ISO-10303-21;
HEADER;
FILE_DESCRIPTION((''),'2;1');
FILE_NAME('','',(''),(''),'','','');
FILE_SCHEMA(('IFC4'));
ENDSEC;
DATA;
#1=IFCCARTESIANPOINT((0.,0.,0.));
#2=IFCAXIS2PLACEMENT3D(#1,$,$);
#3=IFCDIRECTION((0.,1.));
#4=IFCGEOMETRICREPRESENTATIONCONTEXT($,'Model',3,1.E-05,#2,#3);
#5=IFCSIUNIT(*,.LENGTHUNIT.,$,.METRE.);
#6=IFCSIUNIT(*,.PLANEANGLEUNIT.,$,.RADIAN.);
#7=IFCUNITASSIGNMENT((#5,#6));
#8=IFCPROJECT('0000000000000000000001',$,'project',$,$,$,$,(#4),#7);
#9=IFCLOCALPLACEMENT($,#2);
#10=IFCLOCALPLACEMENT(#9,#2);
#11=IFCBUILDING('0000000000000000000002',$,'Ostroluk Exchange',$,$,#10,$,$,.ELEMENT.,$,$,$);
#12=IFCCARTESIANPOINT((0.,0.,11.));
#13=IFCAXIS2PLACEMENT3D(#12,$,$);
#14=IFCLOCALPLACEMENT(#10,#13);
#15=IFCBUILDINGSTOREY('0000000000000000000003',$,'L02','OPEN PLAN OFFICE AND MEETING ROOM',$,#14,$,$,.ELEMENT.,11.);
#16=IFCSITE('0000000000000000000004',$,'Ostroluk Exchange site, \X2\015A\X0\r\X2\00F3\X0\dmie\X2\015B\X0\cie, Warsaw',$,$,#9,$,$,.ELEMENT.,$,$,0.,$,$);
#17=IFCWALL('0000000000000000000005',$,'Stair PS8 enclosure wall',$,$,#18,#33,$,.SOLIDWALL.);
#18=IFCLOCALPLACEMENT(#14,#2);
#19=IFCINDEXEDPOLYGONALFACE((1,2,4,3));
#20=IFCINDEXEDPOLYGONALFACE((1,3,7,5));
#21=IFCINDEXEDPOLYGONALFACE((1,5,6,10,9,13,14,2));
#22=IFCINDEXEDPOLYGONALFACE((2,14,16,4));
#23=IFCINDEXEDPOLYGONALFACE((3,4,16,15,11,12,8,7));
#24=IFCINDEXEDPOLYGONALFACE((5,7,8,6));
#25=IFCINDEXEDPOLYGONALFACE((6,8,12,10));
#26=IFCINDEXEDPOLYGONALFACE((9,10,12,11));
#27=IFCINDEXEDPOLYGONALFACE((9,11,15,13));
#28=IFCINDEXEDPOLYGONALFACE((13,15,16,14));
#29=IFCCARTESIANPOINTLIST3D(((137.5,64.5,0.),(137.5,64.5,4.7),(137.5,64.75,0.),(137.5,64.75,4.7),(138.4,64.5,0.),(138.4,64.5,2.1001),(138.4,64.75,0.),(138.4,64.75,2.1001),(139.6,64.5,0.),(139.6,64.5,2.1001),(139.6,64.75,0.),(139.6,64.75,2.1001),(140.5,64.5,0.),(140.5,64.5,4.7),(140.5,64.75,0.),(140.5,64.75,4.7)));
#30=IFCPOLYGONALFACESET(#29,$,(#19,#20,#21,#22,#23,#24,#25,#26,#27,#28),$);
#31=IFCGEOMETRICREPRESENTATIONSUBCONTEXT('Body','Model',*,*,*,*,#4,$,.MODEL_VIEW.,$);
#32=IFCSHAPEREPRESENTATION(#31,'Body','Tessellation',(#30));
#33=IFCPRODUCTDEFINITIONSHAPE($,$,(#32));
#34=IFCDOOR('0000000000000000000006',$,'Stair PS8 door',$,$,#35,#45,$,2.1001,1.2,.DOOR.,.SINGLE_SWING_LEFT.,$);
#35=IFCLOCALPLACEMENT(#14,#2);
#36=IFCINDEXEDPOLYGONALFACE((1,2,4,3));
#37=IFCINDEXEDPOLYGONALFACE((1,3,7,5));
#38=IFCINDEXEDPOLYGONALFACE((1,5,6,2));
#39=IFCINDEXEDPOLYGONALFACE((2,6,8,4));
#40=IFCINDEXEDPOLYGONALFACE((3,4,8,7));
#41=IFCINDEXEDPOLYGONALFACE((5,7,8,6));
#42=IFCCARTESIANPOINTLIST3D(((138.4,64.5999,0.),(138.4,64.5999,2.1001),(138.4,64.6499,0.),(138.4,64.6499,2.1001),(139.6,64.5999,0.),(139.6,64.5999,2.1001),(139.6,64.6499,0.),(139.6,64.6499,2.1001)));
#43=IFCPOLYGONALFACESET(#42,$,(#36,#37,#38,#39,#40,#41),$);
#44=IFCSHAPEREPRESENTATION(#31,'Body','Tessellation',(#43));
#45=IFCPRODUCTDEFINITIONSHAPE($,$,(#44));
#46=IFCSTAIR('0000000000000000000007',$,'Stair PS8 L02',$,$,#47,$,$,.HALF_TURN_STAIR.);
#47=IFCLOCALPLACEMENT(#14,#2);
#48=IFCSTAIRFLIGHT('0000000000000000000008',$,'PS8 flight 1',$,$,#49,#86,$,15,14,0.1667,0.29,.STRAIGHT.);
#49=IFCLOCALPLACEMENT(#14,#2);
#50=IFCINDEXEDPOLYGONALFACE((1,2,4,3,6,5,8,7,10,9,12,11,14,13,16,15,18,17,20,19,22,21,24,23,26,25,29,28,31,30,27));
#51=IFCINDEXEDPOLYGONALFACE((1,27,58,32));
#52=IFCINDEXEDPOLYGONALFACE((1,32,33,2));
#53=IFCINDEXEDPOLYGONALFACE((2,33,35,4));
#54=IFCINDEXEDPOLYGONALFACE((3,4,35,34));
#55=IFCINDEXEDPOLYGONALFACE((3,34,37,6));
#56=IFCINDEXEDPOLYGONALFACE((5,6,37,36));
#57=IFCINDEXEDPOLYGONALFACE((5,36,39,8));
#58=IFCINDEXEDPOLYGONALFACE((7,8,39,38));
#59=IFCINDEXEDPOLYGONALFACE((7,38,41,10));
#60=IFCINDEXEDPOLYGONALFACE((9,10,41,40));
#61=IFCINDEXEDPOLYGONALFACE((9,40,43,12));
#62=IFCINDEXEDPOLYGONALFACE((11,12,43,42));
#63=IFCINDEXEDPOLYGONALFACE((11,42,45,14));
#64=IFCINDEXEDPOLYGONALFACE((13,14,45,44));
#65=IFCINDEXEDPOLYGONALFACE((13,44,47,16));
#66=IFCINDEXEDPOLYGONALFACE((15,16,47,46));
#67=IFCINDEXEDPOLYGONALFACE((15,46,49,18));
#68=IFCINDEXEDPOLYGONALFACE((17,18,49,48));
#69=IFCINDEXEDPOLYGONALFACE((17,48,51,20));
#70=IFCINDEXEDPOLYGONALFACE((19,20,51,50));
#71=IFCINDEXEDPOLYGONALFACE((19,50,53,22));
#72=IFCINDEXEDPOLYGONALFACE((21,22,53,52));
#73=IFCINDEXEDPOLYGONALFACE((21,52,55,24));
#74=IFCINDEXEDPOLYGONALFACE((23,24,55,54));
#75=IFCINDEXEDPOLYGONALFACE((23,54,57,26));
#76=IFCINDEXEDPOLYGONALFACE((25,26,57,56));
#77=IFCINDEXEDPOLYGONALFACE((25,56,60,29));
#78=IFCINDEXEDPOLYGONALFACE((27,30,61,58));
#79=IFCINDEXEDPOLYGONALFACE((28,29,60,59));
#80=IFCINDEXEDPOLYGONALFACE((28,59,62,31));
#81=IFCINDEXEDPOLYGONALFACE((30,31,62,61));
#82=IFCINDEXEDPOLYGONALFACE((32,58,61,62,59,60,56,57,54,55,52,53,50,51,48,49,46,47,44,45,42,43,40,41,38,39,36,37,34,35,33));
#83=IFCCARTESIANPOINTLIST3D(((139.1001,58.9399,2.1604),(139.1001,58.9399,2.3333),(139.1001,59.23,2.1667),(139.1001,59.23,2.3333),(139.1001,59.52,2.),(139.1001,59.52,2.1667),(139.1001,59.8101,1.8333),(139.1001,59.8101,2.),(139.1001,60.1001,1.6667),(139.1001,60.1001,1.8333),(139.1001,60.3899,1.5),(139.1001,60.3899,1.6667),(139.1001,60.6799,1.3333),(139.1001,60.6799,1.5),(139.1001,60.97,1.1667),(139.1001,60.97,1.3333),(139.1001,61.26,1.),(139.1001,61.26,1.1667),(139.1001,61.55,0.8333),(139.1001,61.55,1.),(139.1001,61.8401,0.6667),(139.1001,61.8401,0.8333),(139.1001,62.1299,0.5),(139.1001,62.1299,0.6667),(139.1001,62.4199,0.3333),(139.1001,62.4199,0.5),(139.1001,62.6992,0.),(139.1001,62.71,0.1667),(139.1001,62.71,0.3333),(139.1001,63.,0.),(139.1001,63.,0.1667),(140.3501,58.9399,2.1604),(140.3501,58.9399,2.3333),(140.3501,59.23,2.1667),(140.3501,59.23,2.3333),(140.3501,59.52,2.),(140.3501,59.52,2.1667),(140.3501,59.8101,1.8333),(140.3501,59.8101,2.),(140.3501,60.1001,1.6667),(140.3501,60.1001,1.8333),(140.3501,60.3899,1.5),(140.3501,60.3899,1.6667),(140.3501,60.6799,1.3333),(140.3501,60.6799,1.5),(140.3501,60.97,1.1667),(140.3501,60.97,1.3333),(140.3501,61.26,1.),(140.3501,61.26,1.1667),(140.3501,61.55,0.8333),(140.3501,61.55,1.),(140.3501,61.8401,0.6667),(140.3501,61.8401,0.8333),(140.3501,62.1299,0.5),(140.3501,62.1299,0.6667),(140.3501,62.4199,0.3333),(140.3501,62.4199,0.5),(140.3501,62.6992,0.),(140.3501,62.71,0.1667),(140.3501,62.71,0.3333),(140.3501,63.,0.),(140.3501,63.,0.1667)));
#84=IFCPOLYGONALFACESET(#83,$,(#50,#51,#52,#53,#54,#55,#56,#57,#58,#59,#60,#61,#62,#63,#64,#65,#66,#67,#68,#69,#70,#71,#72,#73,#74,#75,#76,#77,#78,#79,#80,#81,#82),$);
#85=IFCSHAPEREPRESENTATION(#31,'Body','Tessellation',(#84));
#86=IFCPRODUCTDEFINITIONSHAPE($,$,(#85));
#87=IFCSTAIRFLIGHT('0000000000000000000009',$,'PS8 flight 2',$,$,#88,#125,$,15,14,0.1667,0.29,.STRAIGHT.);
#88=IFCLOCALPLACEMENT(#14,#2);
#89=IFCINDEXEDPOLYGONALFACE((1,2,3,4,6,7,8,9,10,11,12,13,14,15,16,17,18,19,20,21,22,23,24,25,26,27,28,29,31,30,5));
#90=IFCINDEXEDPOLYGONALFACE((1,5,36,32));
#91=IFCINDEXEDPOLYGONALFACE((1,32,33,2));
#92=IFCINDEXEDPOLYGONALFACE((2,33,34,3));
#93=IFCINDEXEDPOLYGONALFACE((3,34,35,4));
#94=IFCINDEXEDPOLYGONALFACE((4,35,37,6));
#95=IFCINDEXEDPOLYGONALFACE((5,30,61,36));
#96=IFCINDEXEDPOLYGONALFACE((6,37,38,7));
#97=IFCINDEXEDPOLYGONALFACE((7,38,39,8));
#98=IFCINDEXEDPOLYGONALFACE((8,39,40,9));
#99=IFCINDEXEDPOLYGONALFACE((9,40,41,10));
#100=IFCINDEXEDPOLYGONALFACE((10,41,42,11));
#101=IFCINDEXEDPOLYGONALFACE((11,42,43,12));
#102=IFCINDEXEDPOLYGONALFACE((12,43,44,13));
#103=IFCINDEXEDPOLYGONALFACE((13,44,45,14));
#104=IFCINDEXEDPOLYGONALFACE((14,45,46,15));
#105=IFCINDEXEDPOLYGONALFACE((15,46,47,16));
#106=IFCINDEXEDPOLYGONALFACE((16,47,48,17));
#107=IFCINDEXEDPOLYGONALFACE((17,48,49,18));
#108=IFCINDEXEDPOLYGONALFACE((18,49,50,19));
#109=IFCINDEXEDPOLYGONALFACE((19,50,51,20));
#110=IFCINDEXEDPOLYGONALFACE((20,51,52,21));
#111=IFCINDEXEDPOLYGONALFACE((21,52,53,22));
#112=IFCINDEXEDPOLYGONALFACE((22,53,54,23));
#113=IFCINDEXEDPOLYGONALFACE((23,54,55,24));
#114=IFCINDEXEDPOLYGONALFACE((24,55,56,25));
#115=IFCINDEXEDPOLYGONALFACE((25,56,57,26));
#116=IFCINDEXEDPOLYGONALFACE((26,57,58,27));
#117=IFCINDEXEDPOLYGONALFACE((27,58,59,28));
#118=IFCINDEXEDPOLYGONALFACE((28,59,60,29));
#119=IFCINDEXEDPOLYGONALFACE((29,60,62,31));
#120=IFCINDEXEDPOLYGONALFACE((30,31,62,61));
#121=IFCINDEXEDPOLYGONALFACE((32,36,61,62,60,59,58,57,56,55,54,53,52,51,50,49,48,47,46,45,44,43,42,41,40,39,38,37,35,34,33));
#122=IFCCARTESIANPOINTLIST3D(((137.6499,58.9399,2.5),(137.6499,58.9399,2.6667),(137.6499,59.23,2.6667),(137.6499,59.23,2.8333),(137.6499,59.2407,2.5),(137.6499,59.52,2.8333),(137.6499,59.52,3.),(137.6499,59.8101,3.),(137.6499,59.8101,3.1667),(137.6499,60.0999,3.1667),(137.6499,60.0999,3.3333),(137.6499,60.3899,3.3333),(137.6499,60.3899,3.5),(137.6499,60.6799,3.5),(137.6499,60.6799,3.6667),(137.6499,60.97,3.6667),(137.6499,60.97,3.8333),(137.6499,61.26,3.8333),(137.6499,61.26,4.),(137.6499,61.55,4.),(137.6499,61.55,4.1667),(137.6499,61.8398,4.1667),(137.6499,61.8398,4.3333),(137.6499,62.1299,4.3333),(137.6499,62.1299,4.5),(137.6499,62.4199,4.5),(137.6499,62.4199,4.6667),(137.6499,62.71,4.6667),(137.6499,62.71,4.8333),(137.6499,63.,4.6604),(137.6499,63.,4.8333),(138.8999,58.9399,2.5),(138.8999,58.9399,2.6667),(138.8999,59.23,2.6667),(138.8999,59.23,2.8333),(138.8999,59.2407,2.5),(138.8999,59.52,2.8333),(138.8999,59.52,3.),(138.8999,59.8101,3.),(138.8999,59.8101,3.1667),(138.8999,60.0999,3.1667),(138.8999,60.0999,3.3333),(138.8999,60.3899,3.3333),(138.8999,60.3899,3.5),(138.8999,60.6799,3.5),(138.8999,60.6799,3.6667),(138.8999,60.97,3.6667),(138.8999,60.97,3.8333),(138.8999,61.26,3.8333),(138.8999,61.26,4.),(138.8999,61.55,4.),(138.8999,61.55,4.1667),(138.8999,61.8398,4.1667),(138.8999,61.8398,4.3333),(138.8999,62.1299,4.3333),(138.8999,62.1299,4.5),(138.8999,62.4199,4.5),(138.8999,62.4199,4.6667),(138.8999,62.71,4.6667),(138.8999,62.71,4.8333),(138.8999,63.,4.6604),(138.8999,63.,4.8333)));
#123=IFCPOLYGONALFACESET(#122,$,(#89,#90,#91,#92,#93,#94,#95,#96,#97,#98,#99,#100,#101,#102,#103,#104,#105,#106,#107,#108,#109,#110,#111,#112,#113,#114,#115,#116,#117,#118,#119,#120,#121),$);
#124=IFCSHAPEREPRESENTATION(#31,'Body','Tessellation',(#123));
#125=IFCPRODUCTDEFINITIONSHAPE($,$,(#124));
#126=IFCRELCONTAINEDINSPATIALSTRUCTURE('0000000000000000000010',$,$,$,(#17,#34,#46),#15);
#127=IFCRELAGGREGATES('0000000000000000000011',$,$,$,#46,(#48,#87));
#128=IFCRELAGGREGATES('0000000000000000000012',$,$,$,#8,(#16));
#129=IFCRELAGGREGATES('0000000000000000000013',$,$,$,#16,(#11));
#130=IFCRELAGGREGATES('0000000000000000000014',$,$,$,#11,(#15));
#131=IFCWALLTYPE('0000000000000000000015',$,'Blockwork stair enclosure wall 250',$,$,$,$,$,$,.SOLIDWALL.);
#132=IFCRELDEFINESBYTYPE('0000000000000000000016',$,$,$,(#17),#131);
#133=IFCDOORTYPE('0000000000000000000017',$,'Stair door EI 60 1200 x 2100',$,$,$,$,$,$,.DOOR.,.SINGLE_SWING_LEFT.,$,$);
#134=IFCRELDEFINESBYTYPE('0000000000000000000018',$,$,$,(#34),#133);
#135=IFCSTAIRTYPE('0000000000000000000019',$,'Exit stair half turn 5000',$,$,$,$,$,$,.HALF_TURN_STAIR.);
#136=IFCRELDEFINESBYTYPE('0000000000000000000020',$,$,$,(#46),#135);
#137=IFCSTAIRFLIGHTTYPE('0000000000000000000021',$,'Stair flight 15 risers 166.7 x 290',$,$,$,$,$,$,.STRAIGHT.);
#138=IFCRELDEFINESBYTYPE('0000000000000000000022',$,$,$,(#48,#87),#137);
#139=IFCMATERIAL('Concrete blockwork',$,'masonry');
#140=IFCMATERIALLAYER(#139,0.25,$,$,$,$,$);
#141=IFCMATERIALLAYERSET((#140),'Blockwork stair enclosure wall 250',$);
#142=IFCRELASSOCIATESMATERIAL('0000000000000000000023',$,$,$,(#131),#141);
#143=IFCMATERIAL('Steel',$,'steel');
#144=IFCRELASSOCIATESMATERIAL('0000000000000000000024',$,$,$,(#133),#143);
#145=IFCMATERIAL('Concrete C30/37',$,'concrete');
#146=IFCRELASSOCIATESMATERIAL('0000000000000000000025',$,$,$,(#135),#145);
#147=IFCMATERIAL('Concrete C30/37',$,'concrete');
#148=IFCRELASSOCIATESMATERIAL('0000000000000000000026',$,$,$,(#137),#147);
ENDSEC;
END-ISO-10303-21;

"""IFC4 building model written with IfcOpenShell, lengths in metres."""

from ifc_helpers import new_model, si_unit, direction, frame, frame_2d, origin, place, context, subcontext, project, spatial, polyline, rectangle, outline, extrude, material, layer, layer_set, type_object, element, fill, aggregate, save


model = new_model("IFC4")

# Units and contexts
model_context = context("Model", 3, precision=1e-05, world=origin(), true_north=direction((0.0, 1.0)))
body_context = subcontext(model_context, "Body", "Model", "MODEL_VIEW")
ifc_project = project(units=[si_unit("LENGTHUNIT", "METRE"), si_unit("PLANEANGLEUNIT", "RADIAN")], contexts=[model_context])

# Site, building, storey
site_placement = place(None, origin())
site = spatial("IfcSite", under=ifc_project, at=site_placement, Name="Ostroluk Exchange site, Śródmieście, Warsaw", CompositionType="ELEMENT", RefElevation=0.0)
building_placement = place(site_placement, origin())
building = spatial("IfcBuilding", under=site, at=building_placement, Name="Ostroluk Exchange", CompositionType="ELEMENT")
storey_placement = place(building_placement, frame((0.0, 0.0, 11.0)))
storey = spatial("IfcBuildingStorey", under=building, at=storey_placement, Name="L02", Description="OPEN PLAN OFFICE AND MEETING ROOM", CompositionType="ELEMENT", Elevation=11.0)

# Wall, opening, door
ifc_material_1 = material(Name="Concrete blockwork", Category="masonry")
ifc_layer = layer(ifc_material_1, 0.25)
ifc_layer_set = layer_set([ifc_layer], Name="Blockwork stair enclosure wall 250")
wall_type = type_object("IfcWallType", Name="Blockwork stair enclosure wall 250", PredefinedType="SOLIDWALL", material=ifc_layer_set)
wall_placement = place(storey_placement, frame((137.5, 64.625, 0.0), z_axis=(0.0, 0.0, 1.0), x_axis=(1.0, 0.0, 0.0)))
wall = element("IfcWall", 1, at=wall_placement, inside=storey, type_object=wall_type, Name="Stair PS8 enclosure wall", PredefinedType="SOLIDWALL", context=body_context, shape_type="SweptSolid", body=[
    extrude(rectangle(XDim=3.0, YDim=0.25, at=frame_2d((1.5, 0.0))), origin(), (0.0, 0.0, 1.0), 4.7),
])
opening_placement = place(wall_placement, frame((0.8999, 0.0, 0.0)))
opening = element("IfcOpeningElement", 2, at=opening_placement, cuts=wall, PredefinedType="OPENING", context=body_context, shape_type="SweptSolid", body=[
    extrude(rectangle(XDim=1.2, YDim=2.1001, at=frame_2d((0.6001, 1.05))), frame((0.0, 0.135, 0.0), z_axis=(0.0, -1.0, 0.0), x_axis=(1.0, 0.0, 0.0)), (0.0, 0.0, 1.0), 0.27),
])
ifc_material_2 = material(Name="Steel", Category="steel")
door_type = type_object("IfcDoorType", Name="Stair door EI 60 1200 x 2100", OperationType="SINGLE_SWING_LEFT", PredefinedType="DOOR", material=ifc_material_2)
door_placement = place(opening_placement, origin())
door = element("IfcDoor", 3, at=door_placement, inside=storey, type_object=door_type, Name="Stair PS8 door", OperationType="SINGLE_SWING_LEFT", OverallHeight=2.1001, OverallWidth=1.2, PredefinedType="DOOR", context=body_context, shape_type="SweptSolid", body=[
    extrude(rectangle(XDim=1.2, YDim=2.1001, at=frame_2d((0.6001, 1.05))), frame((0.0, 0.0249, 0.0), z_axis=(0.0, -1.0, 0.0), x_axis=(1.0, 0.0, 0.0)), (0.0, 0.0, 1.0), 0.05),
])
fill(opening, door)

# Stair, stair flights
ifc_material_3 = material(Name="Concrete C30/37", Category="concrete")
stair_type = type_object("IfcStairType", Name="Exit stair half turn 5000", PredefinedType="HALF_TURN_STAIR", material=ifc_material_3)
stair_placement = place(storey_placement, origin())
stair = element("IfcStair", 4, at=stair_placement, inside=storey, type_object=stair_type, Name="Stair PS8 L02", PredefinedType="HALF_TURN_STAIR")
ifc_material_4 = material(Name="Concrete C30/37", Category="concrete")
stair_flight_type = type_object("IfcStairFlightType", Name="Stair flight 15 risers 166.7 x 290", PredefinedType="STRAIGHT", material=ifc_material_4)
stair_flight_1_placement = place(storey_placement, frame((139.7251, 63.0, 0.0), z_axis=(0.0, 0.0, 1.0), x_axis=(0.0, -1.0, 0.0)))
stair_flight_1 = element("IfcStairFlight", 5, at=stair_flight_1_placement, type_object=stair_flight_type, Name="PS8 flight 1", NumberOfRisers=15, NumberOfTreads=14, PredefinedType="STRAIGHT", RiserHeight=0.1667, TreadLength=0.29, context=body_context, shape_type="SweptSolid", body=[
    extrude(outline(polyline([(0.0, 0.0), (0.0, 0.1667), (0.29, 0.1667), (0.29, 0.3333), (0.5801, 0.3333), (0.5801, 0.5), (0.8701, 0.5), (0.8701, 0.6667), (1.1599, 0.6667), (1.1599, 0.8333), (1.45, 0.8333), (1.45, 1.0), (1.74, 1.0), (1.74, 1.1667), (2.03, 1.1667), (2.03, 1.3333), (2.3201, 1.3333), (2.3201, 1.5), (2.6101, 1.5), (2.6101, 1.6667), (2.8999, 1.6667), (2.8999, 1.8333), (3.1899, 1.8333), (3.1899, 2.0), (3.48, 2.0), (3.48, 2.1667), (3.77, 2.1667), (3.77, 2.3333), (4.0601, 2.3333), (4.0601, 2.5), (4.0601, 2.1604), (0.3008, 0.0), (0.0, 0.0)])), frame((0.0, 0.625, 0.0), z_axis=(0.0, -1.0, 0.0), x_axis=(1.0, 0.0, 0.0)), (0.0, 0.0, 1.0), 1.25),
])
stair_flight_2_placement = place(storey_placement, frame((138.2749, 58.9399, 2.5), z_axis=(0.0, 0.0, 1.0), x_axis=(0.0, 1.0, 0.0)))
stair_flight_2 = element("IfcStairFlight", 6, at=stair_flight_2_placement, type_object=stair_flight_type, Name="PS8 flight 2", NumberOfRisers=15, NumberOfTreads=14, PredefinedType="STRAIGHT", RiserHeight=0.1667, TreadLength=0.29, context=body_context, shape_type="SweptSolid", body=[
    extrude(outline(polyline([(0.0, 0.0), (0.0, 0.1667), (0.29, 0.1667), (0.29, 0.3333), (0.5801, 0.3333), (0.5801, 0.5), (0.8701, 0.5), (0.8701, 0.6667), (1.1599, 0.6667), (1.1599, 0.8333), (1.45, 0.8333), (1.45, 1.0), (1.74, 1.0), (1.74, 1.1667), (2.03, 1.1667), (2.03, 1.3333), (2.3201, 1.3333), (2.3201, 1.5), (2.6101, 1.5), (2.6101, 1.6667), (2.8999, 1.6667), (2.8999, 1.8333), (3.1899, 1.8333), (3.1899, 2.0), (3.48, 2.0), (3.48, 2.1667), (3.77, 2.1667), (3.77, 2.3333), (4.0601, 2.3333), (4.0601, 2.5), (4.0601, 2.1604), (0.3008, 0.0), (0.0, 0.0)])), frame((0.0, 0.625, 0.0), z_axis=(0.0, -1.0, 0.0), x_axis=(1.0, 0.0, 0.0)), (0.0, 0.0, 1.0), 1.25),
])
aggregate(stair, [stair_flight_1, stair_flight_2])

save(model, "model.ifc")
